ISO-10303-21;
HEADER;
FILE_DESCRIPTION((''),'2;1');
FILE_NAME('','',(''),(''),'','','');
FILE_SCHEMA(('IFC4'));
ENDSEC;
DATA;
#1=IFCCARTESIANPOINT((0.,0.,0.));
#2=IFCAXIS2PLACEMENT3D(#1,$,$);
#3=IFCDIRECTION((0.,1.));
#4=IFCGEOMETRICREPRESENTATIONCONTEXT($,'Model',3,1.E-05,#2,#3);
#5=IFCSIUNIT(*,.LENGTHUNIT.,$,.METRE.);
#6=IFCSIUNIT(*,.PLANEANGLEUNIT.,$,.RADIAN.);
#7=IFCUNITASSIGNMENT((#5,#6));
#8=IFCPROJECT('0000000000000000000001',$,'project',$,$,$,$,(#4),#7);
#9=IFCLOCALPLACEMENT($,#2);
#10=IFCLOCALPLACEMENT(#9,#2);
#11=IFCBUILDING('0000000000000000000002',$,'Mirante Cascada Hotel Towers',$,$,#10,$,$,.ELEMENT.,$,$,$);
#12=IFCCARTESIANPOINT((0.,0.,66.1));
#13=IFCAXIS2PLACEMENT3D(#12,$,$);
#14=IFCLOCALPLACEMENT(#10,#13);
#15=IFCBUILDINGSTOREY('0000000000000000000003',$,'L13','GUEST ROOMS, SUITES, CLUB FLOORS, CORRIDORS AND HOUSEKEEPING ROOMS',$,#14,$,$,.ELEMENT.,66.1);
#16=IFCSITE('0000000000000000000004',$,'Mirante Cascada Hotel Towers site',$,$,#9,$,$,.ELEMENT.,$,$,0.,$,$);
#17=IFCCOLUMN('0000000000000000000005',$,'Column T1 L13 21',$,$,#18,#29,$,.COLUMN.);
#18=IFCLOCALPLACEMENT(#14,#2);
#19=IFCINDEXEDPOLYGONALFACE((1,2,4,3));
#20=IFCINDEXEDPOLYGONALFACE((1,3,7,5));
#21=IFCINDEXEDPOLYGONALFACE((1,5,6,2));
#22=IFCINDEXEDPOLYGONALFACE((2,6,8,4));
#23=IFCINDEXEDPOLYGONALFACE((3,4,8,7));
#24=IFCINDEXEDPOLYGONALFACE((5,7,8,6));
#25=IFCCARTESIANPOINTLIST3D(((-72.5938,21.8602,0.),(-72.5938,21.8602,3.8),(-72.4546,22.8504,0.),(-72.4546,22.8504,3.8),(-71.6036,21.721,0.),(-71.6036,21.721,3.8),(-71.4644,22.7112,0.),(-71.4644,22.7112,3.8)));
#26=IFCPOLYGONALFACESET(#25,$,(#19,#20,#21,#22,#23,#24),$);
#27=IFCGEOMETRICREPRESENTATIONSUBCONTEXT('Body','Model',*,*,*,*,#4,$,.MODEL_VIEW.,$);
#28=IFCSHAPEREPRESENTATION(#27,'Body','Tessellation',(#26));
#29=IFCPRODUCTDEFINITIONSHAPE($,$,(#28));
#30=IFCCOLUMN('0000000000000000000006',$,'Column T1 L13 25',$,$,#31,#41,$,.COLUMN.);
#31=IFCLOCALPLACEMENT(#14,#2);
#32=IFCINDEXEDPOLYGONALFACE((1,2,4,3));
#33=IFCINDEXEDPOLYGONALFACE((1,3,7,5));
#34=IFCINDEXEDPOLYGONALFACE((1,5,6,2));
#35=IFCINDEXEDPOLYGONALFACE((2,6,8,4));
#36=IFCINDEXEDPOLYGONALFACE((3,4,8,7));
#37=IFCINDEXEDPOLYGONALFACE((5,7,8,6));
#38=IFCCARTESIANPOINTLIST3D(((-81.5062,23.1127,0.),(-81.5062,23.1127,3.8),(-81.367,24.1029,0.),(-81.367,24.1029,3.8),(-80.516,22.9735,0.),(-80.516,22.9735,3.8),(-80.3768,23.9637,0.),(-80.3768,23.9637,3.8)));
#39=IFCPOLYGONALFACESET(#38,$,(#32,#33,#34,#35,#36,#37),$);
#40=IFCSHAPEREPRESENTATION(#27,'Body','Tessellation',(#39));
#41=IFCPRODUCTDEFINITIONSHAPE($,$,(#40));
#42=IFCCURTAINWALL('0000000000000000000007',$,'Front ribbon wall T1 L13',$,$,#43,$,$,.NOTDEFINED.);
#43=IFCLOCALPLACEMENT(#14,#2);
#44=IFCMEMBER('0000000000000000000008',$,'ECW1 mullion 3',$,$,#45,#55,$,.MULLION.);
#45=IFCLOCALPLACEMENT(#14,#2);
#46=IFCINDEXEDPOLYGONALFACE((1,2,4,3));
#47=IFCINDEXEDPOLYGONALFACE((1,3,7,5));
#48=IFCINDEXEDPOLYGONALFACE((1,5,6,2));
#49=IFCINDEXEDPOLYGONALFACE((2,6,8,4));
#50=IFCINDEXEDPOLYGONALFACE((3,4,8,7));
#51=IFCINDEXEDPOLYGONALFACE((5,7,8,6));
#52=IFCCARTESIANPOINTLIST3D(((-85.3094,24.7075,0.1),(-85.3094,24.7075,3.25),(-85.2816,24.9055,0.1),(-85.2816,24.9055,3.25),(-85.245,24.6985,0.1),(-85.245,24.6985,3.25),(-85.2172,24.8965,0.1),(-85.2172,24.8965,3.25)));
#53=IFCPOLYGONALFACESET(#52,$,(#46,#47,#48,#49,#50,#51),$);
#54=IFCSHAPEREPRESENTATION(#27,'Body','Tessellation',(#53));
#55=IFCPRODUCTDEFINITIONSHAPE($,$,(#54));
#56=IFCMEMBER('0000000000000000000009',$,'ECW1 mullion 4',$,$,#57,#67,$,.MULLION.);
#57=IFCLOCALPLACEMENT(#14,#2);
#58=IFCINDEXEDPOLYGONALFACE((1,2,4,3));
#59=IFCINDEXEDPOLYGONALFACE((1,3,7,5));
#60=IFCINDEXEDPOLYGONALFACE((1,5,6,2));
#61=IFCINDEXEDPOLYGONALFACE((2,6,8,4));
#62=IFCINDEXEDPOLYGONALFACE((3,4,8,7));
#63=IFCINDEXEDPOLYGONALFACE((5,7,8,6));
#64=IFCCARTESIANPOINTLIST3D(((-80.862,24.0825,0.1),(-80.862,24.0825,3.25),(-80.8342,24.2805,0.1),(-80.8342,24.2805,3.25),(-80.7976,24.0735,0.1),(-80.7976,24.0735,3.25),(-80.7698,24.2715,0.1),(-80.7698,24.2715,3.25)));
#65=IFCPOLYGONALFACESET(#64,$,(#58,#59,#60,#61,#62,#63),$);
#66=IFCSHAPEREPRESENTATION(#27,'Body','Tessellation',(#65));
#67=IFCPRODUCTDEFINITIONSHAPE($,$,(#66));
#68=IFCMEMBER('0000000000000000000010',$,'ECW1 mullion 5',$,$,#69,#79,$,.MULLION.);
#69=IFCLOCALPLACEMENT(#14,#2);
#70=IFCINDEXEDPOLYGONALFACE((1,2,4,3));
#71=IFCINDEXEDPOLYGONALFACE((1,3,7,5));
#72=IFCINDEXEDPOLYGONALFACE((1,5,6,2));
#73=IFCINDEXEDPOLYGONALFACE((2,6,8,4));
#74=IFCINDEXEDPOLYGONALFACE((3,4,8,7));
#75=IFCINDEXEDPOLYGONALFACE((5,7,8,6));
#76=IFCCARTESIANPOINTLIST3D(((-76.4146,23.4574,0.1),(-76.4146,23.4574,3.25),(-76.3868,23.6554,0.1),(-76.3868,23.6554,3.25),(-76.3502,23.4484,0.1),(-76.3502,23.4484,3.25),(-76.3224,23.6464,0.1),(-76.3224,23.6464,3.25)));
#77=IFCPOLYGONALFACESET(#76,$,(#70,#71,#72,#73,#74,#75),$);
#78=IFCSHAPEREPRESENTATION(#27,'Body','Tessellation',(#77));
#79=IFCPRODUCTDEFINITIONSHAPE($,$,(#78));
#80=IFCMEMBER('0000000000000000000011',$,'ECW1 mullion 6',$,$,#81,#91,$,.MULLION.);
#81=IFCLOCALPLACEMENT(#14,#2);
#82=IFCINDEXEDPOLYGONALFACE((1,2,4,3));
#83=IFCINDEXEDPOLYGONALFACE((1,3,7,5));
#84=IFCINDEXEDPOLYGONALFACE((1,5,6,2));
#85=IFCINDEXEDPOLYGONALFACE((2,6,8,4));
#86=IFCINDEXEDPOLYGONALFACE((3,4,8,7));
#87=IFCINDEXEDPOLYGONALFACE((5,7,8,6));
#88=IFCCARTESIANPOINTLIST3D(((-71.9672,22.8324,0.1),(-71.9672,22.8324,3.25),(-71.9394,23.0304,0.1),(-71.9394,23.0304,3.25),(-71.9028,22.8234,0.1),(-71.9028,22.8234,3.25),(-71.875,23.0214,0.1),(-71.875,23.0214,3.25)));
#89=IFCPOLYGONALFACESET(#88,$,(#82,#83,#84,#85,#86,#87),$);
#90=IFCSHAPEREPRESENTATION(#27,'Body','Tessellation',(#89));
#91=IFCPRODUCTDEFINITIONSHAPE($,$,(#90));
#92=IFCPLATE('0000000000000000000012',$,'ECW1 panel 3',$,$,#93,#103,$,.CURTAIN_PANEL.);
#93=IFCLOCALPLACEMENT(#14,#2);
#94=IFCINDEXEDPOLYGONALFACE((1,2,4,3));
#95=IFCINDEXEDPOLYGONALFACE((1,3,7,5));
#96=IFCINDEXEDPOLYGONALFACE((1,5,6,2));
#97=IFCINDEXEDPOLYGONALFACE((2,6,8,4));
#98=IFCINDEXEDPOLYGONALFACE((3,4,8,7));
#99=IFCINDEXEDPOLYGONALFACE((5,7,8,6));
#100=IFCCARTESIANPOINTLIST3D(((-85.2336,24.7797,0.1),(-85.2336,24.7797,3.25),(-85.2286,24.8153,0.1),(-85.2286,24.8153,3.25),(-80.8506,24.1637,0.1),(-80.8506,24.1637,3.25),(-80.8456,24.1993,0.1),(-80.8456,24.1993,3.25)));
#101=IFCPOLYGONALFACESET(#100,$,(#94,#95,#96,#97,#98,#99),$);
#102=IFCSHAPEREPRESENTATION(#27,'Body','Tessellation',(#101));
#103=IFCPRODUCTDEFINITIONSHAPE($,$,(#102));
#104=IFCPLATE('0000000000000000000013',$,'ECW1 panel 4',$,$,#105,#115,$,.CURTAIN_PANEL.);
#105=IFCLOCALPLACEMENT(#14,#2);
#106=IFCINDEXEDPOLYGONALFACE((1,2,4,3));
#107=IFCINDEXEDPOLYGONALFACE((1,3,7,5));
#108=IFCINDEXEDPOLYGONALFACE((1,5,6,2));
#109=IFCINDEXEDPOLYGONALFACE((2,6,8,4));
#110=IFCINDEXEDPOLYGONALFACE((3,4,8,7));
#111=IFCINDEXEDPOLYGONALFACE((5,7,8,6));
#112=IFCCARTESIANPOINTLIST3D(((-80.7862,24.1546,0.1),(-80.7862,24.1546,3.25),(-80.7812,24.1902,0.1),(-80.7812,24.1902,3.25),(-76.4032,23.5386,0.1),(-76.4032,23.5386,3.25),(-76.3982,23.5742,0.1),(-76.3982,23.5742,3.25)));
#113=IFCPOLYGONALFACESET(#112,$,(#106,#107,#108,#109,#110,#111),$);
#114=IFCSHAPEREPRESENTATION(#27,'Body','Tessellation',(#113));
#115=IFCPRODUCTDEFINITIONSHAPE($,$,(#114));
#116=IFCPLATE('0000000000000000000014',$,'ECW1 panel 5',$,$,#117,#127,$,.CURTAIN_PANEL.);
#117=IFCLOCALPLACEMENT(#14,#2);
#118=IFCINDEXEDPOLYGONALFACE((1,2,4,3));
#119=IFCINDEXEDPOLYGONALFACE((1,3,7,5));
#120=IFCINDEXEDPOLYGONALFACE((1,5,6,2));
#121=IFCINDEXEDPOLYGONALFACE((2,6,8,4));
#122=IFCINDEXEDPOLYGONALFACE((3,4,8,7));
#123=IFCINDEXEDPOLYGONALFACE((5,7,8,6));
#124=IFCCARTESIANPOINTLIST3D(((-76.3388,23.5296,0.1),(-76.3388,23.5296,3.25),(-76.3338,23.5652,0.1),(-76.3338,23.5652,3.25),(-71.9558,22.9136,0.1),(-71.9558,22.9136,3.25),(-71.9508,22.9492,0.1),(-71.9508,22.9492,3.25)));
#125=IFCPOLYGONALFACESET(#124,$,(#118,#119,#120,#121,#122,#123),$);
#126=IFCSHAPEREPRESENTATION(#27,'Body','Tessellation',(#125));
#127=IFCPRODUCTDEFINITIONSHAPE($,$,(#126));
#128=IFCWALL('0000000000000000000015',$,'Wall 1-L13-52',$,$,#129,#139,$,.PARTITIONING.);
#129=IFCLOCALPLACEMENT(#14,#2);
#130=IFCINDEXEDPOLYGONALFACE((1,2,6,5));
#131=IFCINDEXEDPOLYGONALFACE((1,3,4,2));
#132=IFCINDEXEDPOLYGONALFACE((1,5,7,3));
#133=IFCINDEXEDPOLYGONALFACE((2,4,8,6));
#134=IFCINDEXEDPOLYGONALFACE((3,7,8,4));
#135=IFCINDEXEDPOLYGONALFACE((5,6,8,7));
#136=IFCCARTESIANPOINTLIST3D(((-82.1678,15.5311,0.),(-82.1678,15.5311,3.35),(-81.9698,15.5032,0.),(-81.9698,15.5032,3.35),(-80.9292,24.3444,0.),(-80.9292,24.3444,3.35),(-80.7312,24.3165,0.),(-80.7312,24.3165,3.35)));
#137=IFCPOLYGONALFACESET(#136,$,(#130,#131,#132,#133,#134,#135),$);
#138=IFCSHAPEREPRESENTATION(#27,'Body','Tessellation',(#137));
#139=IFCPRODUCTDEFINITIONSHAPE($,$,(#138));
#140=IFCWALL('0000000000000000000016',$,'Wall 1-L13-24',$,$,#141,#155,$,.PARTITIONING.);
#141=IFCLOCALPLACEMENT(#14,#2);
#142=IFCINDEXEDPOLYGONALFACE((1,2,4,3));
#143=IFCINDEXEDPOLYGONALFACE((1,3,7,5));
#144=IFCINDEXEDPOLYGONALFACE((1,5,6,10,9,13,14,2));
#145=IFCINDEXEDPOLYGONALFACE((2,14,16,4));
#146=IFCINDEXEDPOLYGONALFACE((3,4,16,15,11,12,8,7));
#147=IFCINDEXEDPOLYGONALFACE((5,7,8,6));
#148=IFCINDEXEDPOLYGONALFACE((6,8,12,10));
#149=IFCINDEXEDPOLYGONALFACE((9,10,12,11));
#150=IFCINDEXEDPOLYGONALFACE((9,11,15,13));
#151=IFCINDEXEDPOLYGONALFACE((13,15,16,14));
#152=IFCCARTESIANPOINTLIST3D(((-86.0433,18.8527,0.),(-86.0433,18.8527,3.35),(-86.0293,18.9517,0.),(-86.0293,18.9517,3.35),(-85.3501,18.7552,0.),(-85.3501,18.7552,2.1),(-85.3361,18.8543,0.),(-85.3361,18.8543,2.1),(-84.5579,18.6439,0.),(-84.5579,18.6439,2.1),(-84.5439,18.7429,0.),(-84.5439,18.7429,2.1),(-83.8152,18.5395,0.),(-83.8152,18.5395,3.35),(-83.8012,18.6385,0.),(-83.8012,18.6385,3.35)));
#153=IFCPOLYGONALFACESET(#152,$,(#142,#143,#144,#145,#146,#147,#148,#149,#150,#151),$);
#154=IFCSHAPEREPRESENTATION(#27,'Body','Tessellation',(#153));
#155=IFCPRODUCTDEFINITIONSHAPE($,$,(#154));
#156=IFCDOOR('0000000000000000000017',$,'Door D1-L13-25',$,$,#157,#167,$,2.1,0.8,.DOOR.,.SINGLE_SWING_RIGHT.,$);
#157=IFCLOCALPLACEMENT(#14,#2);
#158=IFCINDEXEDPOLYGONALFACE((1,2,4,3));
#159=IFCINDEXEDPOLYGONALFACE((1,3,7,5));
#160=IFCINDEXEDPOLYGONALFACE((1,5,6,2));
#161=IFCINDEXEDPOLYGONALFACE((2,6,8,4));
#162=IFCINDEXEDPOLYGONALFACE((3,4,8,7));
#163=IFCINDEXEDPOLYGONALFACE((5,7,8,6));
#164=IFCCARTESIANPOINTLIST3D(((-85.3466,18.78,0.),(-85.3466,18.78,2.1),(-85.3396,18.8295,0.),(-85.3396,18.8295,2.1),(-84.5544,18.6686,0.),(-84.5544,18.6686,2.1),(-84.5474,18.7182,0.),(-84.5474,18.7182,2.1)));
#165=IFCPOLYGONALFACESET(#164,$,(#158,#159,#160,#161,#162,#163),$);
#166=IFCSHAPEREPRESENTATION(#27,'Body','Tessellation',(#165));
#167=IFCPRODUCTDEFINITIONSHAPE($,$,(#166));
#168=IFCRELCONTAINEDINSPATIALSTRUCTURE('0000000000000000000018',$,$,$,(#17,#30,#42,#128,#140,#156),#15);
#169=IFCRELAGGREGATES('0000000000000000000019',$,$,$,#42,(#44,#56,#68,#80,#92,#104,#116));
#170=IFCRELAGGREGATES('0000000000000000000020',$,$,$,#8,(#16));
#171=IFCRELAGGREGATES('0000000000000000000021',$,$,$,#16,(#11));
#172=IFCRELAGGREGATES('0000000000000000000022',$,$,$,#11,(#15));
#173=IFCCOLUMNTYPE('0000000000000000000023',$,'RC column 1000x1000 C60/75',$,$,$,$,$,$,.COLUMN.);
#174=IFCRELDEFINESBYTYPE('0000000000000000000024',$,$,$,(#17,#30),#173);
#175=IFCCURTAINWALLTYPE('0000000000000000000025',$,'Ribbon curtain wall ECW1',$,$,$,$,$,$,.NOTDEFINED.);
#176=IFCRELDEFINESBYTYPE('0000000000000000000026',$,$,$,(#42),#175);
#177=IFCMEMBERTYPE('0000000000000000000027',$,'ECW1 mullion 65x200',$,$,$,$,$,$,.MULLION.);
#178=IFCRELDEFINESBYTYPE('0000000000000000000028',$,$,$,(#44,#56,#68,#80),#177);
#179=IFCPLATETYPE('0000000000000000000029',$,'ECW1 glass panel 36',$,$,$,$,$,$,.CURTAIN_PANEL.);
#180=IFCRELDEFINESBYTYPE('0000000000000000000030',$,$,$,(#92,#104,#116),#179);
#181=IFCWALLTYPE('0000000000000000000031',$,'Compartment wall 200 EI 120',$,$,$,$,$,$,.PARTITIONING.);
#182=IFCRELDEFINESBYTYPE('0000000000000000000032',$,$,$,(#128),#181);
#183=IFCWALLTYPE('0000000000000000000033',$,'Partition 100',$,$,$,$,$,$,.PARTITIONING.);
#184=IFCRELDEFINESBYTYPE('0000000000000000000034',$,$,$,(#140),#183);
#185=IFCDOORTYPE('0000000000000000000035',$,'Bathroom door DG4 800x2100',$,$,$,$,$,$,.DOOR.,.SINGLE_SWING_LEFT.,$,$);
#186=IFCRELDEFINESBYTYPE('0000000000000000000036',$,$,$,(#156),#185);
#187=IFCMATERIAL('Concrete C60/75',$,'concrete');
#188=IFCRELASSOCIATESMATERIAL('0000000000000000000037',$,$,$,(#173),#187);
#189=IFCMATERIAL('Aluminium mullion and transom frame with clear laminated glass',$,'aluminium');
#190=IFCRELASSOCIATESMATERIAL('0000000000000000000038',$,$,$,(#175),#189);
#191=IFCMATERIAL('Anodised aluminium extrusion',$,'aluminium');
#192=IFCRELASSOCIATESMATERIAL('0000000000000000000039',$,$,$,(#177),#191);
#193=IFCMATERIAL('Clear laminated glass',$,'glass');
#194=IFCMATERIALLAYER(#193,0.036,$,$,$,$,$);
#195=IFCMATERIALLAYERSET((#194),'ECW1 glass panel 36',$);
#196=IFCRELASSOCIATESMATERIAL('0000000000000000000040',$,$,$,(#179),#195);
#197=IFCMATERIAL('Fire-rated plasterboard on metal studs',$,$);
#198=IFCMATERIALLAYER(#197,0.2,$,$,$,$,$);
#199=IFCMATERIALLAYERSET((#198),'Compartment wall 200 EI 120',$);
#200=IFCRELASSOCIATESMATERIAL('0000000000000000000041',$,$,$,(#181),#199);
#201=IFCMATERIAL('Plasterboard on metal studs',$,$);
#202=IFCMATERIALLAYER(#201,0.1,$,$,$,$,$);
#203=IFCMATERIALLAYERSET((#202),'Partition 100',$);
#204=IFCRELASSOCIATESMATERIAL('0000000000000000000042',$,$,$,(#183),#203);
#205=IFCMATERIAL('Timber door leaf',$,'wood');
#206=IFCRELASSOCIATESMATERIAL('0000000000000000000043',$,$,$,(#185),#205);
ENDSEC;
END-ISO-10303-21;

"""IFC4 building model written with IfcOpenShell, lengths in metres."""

from ifc_helpers import new_model, si_unit, direction, frame, frame_2d, origin, origin_2d, place, context, subcontext, project, spatial, rectangle, extrude, material, layer, layer_set, material_profile, profile_set, type_object, element, fill, aggregate, save


model = new_model("IFC4")

# Units and contexts
model_context = context("Model", 3, precision=1e-05, world=origin(), true_north=direction((0.0, 1.0)))
body_context = subcontext(model_context, "Body", "Model", "MODEL_VIEW")
ifc_project = project(units=[si_unit("LENGTHUNIT", "METRE"), si_unit("PLANEANGLEUNIT", "RADIAN")], contexts=[model_context])

# Site, building, storey
site_placement = place(None, origin())
site = spatial("IfcSite", under=ifc_project, at=site_placement, Name="Mirante Cascada Hotel Towers site", CompositionType="ELEMENT", RefElevation=0.0)
building_placement = place(site_placement, origin())
building = spatial("IfcBuilding", under=site, at=building_placement, Name="Mirante Cascada Hotel Towers", CompositionType="ELEMENT")
storey_placement = place(building_placement, frame((0.0, 0.0, 66.1)))
storey = spatial("IfcBuildingStorey", under=building, at=storey_placement, Name="L13", Description="GUEST ROOMS, SUITES, CLUB FLOORS, CORRIDORS AND HOUSEKEEPING ROOMS", CompositionType="ELEMENT", Elevation=66.1)

# Columns
ifc_material_1 = material(Name="Concrete C60/75", Category="concrete")
ifc_material_profile_1 = material_profile(ifc_material_1, rectangle(XDim=1.0, YDim=1.0, at=origin_2d()), Name="RC column 1000x1000 C60/75")
ifc_profile_set_1 = profile_set([ifc_material_profile_1], Name="Concrete C60/75")
column_type = type_object("IfcColumnType", Name="RC column 1000x1000 C60/75", PredefinedType="COLUMN", material=ifc_profile_set_1)
for number, where, z_axis, x_axis, name in (
    (1, (-72.0291, 22.2857, 0.0), (0.0, 0.0, 1.0), (-0.990268, 0.139173, 0.0), "Column T1 L13 21"),
    (2, (-80.9415, 23.5382, 0.0), (0.0, 0.0, 1.0), (-0.990268, 0.139173, 0.0), "Column T1 L13 25"),
):
    element("IfcColumn", number, at=place(storey_placement, frame(where, z_axis=z_axis, x_axis=x_axis)), inside=storey, type_object=column_type, Name=name, PredefinedType="COLUMN", context=body_context, shape_type="SweptSolid", body=[
        extrude(rectangle(XDim=1.0, YDim=1.0, at=origin_2d()), origin(), (0.0, 0.0, 1.0), 3.8),
    ])

# Curtain wall, members, plates
ifc_material_2 = material(Name="Aluminium mullion and transom frame with clear laminated glass", Category="aluminium")
curtain_wall_type = type_object("IfcCurtainWallType", Name="Ribbon curtain wall ECW1", PredefinedType="NOTDEFINED", material=ifc_material_2)
curtain_wall_placement = place(storey_placement, origin())
curtain_wall = element("IfcCurtainWall", 3, at=curtain_wall_placement, inside=storey, type_object=curtain_wall_type, Name="Front ribbon wall T1 L13", PredefinedType="NOTDEFINED")
ifc_material_3 = material(Name="Anodised aluminium extrusion", Category="aluminium")
ifc_material_profile_2 = material_profile(ifc_material_3, rectangle(XDim=0.2, YDim=0.065, at=origin_2d()), Name="ECW1 MULLION 65x200")
ifc_profile_set_2 = profile_set([ifc_material_profile_2], Name="Anodised aluminium extrusion")
member_type = type_object("IfcMemberType", Name="ECW1 mullion 65x200", PredefinedType="MULLION", material=ifc_profile_set_2)
member_1_placement = place(storey_placement, frame((-85.2633, 24.802, 0.1), z_axis=(0.0, 0.0, 1.0), x_axis=(0.139173, 0.990268, 0.0)))
member_1 = element("IfcMember", 4, at=member_1_placement, type_object=member_type, Name="ECW1 mullion 3", PredefinedType="MULLION", context=body_context, shape_type="SweptSolid", body=[
    extrude(rectangle(XDim=0.2, YDim=0.065, at=origin_2d()), origin(), (0.0, 0.0, 1.0), 3.15),
])
member_2_placement = place(storey_placement, frame((-80.8159, 24.177, 0.1), z_axis=(0.0, 0.0, 1.0), x_axis=(0.139173, 0.990268, 0.0)))
member_2 = element("IfcMember", 5, at=member_2_placement, type_object=member_type, Name="ECW1 mullion 4", PredefinedType="MULLION", context=body_context, shape_type="SweptSolid", body=[
    extrude(rectangle(XDim=0.2, YDim=0.065, at=origin_2d()), origin(), (0.0, 0.0, 1.0), 3.15),
])
member_3_placement = place(storey_placement, frame((-76.3685, 23.5519, 0.1), z_axis=(0.0, 0.0, 1.0), x_axis=(0.139173, 0.990268, 0.0)))
member_3 = element("IfcMember", 6, at=member_3_placement, type_object=member_type, Name="ECW1 mullion 5", PredefinedType="MULLION", context=body_context, shape_type="SweptSolid", body=[
    extrude(rectangle(XDim=0.2, YDim=0.065, at=origin_2d()), origin(), (0.0, 0.0, 1.0), 3.15),
])
member_4_placement = place(storey_placement, frame((-71.9211, 22.9269, 0.1), z_axis=(0.0, 0.0, 1.0), x_axis=(0.139173, 0.990268, 0.0)))
member_4 = element("IfcMember", 7, at=member_4_placement, type_object=member_type, Name="ECW1 mullion 6", PredefinedType="MULLION", context=body_context, shape_type="SweptSolid", body=[
    extrude(rectangle(XDim=0.2, YDim=0.065, at=origin_2d()), origin(), (0.0, 0.0, 1.0), 3.15),
])
ifc_material_4 = material(Name="Clear laminated glass", Category="glass")
ifc_layer_1 = layer(ifc_material_4, 0.036)
ifc_layer_set_1 = layer_set([ifc_layer_1], Name="ECW1 glass panel 36")
plate_type = type_object("IfcPlateType", Name="ECW1 glass panel 36", PredefinedType="CURTAIN_PANEL", material=ifc_layer_set_1)
plate_1_placement = place(storey_placement, frame((-83.0396, 24.4895, 0.1), z_axis=(0.0, 0.0, 1.0), x_axis=(0.990268, -0.139173, 0.0)))
plate_1 = element("IfcPlate", 8, at=plate_1_placement, type_object=plate_type, Name="ECW1 panel 3", PredefinedType="CURTAIN_PANEL", context=body_context, shape_type="SweptSolid", body=[
    extrude(rectangle(XDim=4.4261, YDim=0.036, at=origin_2d()), origin(), (0.0, 0.0, 1.0), 3.15),
])
plate_2_placement = place(storey_placement, frame((-78.5922, 23.8644, 0.1), z_axis=(0.0, 0.0, 1.0), x_axis=(0.990268, -0.139173, 0.0)))
plate_2 = element("IfcPlate", 9, at=plate_2_placement, type_object=plate_type, Name="ECW1 panel 4", PredefinedType="CURTAIN_PANEL", context=body_context, shape_type="SweptSolid", body=[
    extrude(rectangle(XDim=4.4261, YDim=0.036, at=origin_2d()), origin(), (0.0, 0.0, 1.0), 3.15),
])
plate_3_placement = place(storey_placement, frame((-74.1448, 23.2394, 0.1), z_axis=(0.0, 0.0, 1.0), x_axis=(0.990268, -0.139173, 0.0)))
plate_3 = element("IfcPlate", 10, at=plate_3_placement, type_object=plate_type, Name="ECW1 panel 5", PredefinedType="CURTAIN_PANEL", context=body_context, shape_type="SweptSolid", body=[
    extrude(rectangle(XDim=4.4261, YDim=0.036, at=origin_2d()), origin(), (0.0, 0.0, 1.0), 3.15),
])
aggregate(curtain_wall, [member_1, member_2, member_3, member_4, plate_1, plate_2, plate_3])

# Wall
ifc_material_5 = material(Name="Fire-rated plasterboard on metal studs")
ifc_layer_2 = layer(ifc_material_5, 0.2)
ifc_layer_set_2 = layer_set([ifc_layer_2], Name="Compartment wall 200 EI 120")
wall_type_1 = type_object("IfcWallType", Name="Compartment wall 200 EI 120", PredefinedType="PARTITIONING", material=ifc_layer_set_2)
wall_1_placement = place(storey_placement, frame((-82.0688, 15.5171, 0.0), z_axis=(0.0, 0.0, 1.0), x_axis=(0.13917, 0.990268, 0.0)))
element("IfcWall", 11, at=wall_1_placement, inside=storey, type_object=wall_type_1, Name="Wall 1-L13-52", PredefinedType="PARTITIONING", context=body_context, shape_type="SweptSolid", body=[
    extrude(rectangle(XDim=8.8999, YDim=0.2, at=frame_2d((4.45, 0.0))), origin(), (0.0, 0.0, 1.0), 3.35),
])

# Wall, opening, door
ifc_material_6 = material(Name="Plasterboard on metal studs")
ifc_layer_3 = layer(ifc_material_6, 0.1)
ifc_layer_set_3 = layer_set([ifc_layer_3], Name="Partition 100")
wall_type_2 = type_object("IfcWallType", Name="Partition 100", PredefinedType="PARTITIONING", material=ifc_layer_set_3)
wall_2_placement = place(storey_placement, frame((-83.8082, 18.589, 0.0), z_axis=(0.0, 0.0, 1.0), x_axis=(-0.990264, 0.1392, 0.0)))
wall_2 = element("IfcWall", 12, at=wall_2_placement, inside=storey, type_object=wall_type_2, Name="Wall 1-L13-24", PredefinedType="PARTITIONING", context=body_context, shape_type="SweptSolid", body=[
    extrude(rectangle(XDim=2.25, YDim=0.1, at=frame_2d((1.125, 0.0))), origin(), (0.0, 0.0, 1.0), 3.35),
])
opening_1_placement = place(wall_2_placement, frame((0.75, 0.0, 0.0)))
opening_1 = element("IfcOpeningElement", 13, at=opening_1_placement, cuts=wall_2, PredefinedType="OPENING", context=body_context, shape_type="SweptSolid", body=[
    extrude(rectangle(XDim=0.8, YDim=2.1, at=frame_2d((0.4, 1.05))), frame((0.0, 0.05, 0.0), z_axis=(0.0, -1.0, 0.0), x_axis=(1.0, 0.0, 0.0)), (0.0, 0.0, 1.0), 0.1),
])
ifc_material_7 = material(Name="Timber door leaf", Category="wood")
door_type_1 = type_object("IfcDoorType", Name="Bathroom door DG4 800x2100", OperationType="SINGLE_SWING_LEFT", PredefinedType="DOOR", material=ifc_material_7)
door_1_placement = place(opening_1_placement, frame((0.8, 0.0, 0.0), z_axis=(0.0, 0.0, 1.0), x_axis=(-1.0, 0.0, 0.0)))
door_1 = element("IfcDoor", 14, at=door_1_placement, inside=storey, type_object=door_type_1, Name="Door D1-L13-25", OperationType="SINGLE_SWING_RIGHT", OverallHeight=2.1, OverallWidth=0.8, PredefinedType="DOOR", context=body_context, shape_type="SweptSolid", body=[
    extrude(rectangle(XDim=0.8, YDim=2.1, at=frame_2d((0.4, 1.05))), frame((0.0, 0.025, 0.0), z_axis=(0.0, -1.0, 0.0), x_axis=(1.0, 0.0, 0.0)), (0.0, 0.0, 1.0), 0.05),
])
fill(opening_1, door_1)

save(model, "model.ifc")
